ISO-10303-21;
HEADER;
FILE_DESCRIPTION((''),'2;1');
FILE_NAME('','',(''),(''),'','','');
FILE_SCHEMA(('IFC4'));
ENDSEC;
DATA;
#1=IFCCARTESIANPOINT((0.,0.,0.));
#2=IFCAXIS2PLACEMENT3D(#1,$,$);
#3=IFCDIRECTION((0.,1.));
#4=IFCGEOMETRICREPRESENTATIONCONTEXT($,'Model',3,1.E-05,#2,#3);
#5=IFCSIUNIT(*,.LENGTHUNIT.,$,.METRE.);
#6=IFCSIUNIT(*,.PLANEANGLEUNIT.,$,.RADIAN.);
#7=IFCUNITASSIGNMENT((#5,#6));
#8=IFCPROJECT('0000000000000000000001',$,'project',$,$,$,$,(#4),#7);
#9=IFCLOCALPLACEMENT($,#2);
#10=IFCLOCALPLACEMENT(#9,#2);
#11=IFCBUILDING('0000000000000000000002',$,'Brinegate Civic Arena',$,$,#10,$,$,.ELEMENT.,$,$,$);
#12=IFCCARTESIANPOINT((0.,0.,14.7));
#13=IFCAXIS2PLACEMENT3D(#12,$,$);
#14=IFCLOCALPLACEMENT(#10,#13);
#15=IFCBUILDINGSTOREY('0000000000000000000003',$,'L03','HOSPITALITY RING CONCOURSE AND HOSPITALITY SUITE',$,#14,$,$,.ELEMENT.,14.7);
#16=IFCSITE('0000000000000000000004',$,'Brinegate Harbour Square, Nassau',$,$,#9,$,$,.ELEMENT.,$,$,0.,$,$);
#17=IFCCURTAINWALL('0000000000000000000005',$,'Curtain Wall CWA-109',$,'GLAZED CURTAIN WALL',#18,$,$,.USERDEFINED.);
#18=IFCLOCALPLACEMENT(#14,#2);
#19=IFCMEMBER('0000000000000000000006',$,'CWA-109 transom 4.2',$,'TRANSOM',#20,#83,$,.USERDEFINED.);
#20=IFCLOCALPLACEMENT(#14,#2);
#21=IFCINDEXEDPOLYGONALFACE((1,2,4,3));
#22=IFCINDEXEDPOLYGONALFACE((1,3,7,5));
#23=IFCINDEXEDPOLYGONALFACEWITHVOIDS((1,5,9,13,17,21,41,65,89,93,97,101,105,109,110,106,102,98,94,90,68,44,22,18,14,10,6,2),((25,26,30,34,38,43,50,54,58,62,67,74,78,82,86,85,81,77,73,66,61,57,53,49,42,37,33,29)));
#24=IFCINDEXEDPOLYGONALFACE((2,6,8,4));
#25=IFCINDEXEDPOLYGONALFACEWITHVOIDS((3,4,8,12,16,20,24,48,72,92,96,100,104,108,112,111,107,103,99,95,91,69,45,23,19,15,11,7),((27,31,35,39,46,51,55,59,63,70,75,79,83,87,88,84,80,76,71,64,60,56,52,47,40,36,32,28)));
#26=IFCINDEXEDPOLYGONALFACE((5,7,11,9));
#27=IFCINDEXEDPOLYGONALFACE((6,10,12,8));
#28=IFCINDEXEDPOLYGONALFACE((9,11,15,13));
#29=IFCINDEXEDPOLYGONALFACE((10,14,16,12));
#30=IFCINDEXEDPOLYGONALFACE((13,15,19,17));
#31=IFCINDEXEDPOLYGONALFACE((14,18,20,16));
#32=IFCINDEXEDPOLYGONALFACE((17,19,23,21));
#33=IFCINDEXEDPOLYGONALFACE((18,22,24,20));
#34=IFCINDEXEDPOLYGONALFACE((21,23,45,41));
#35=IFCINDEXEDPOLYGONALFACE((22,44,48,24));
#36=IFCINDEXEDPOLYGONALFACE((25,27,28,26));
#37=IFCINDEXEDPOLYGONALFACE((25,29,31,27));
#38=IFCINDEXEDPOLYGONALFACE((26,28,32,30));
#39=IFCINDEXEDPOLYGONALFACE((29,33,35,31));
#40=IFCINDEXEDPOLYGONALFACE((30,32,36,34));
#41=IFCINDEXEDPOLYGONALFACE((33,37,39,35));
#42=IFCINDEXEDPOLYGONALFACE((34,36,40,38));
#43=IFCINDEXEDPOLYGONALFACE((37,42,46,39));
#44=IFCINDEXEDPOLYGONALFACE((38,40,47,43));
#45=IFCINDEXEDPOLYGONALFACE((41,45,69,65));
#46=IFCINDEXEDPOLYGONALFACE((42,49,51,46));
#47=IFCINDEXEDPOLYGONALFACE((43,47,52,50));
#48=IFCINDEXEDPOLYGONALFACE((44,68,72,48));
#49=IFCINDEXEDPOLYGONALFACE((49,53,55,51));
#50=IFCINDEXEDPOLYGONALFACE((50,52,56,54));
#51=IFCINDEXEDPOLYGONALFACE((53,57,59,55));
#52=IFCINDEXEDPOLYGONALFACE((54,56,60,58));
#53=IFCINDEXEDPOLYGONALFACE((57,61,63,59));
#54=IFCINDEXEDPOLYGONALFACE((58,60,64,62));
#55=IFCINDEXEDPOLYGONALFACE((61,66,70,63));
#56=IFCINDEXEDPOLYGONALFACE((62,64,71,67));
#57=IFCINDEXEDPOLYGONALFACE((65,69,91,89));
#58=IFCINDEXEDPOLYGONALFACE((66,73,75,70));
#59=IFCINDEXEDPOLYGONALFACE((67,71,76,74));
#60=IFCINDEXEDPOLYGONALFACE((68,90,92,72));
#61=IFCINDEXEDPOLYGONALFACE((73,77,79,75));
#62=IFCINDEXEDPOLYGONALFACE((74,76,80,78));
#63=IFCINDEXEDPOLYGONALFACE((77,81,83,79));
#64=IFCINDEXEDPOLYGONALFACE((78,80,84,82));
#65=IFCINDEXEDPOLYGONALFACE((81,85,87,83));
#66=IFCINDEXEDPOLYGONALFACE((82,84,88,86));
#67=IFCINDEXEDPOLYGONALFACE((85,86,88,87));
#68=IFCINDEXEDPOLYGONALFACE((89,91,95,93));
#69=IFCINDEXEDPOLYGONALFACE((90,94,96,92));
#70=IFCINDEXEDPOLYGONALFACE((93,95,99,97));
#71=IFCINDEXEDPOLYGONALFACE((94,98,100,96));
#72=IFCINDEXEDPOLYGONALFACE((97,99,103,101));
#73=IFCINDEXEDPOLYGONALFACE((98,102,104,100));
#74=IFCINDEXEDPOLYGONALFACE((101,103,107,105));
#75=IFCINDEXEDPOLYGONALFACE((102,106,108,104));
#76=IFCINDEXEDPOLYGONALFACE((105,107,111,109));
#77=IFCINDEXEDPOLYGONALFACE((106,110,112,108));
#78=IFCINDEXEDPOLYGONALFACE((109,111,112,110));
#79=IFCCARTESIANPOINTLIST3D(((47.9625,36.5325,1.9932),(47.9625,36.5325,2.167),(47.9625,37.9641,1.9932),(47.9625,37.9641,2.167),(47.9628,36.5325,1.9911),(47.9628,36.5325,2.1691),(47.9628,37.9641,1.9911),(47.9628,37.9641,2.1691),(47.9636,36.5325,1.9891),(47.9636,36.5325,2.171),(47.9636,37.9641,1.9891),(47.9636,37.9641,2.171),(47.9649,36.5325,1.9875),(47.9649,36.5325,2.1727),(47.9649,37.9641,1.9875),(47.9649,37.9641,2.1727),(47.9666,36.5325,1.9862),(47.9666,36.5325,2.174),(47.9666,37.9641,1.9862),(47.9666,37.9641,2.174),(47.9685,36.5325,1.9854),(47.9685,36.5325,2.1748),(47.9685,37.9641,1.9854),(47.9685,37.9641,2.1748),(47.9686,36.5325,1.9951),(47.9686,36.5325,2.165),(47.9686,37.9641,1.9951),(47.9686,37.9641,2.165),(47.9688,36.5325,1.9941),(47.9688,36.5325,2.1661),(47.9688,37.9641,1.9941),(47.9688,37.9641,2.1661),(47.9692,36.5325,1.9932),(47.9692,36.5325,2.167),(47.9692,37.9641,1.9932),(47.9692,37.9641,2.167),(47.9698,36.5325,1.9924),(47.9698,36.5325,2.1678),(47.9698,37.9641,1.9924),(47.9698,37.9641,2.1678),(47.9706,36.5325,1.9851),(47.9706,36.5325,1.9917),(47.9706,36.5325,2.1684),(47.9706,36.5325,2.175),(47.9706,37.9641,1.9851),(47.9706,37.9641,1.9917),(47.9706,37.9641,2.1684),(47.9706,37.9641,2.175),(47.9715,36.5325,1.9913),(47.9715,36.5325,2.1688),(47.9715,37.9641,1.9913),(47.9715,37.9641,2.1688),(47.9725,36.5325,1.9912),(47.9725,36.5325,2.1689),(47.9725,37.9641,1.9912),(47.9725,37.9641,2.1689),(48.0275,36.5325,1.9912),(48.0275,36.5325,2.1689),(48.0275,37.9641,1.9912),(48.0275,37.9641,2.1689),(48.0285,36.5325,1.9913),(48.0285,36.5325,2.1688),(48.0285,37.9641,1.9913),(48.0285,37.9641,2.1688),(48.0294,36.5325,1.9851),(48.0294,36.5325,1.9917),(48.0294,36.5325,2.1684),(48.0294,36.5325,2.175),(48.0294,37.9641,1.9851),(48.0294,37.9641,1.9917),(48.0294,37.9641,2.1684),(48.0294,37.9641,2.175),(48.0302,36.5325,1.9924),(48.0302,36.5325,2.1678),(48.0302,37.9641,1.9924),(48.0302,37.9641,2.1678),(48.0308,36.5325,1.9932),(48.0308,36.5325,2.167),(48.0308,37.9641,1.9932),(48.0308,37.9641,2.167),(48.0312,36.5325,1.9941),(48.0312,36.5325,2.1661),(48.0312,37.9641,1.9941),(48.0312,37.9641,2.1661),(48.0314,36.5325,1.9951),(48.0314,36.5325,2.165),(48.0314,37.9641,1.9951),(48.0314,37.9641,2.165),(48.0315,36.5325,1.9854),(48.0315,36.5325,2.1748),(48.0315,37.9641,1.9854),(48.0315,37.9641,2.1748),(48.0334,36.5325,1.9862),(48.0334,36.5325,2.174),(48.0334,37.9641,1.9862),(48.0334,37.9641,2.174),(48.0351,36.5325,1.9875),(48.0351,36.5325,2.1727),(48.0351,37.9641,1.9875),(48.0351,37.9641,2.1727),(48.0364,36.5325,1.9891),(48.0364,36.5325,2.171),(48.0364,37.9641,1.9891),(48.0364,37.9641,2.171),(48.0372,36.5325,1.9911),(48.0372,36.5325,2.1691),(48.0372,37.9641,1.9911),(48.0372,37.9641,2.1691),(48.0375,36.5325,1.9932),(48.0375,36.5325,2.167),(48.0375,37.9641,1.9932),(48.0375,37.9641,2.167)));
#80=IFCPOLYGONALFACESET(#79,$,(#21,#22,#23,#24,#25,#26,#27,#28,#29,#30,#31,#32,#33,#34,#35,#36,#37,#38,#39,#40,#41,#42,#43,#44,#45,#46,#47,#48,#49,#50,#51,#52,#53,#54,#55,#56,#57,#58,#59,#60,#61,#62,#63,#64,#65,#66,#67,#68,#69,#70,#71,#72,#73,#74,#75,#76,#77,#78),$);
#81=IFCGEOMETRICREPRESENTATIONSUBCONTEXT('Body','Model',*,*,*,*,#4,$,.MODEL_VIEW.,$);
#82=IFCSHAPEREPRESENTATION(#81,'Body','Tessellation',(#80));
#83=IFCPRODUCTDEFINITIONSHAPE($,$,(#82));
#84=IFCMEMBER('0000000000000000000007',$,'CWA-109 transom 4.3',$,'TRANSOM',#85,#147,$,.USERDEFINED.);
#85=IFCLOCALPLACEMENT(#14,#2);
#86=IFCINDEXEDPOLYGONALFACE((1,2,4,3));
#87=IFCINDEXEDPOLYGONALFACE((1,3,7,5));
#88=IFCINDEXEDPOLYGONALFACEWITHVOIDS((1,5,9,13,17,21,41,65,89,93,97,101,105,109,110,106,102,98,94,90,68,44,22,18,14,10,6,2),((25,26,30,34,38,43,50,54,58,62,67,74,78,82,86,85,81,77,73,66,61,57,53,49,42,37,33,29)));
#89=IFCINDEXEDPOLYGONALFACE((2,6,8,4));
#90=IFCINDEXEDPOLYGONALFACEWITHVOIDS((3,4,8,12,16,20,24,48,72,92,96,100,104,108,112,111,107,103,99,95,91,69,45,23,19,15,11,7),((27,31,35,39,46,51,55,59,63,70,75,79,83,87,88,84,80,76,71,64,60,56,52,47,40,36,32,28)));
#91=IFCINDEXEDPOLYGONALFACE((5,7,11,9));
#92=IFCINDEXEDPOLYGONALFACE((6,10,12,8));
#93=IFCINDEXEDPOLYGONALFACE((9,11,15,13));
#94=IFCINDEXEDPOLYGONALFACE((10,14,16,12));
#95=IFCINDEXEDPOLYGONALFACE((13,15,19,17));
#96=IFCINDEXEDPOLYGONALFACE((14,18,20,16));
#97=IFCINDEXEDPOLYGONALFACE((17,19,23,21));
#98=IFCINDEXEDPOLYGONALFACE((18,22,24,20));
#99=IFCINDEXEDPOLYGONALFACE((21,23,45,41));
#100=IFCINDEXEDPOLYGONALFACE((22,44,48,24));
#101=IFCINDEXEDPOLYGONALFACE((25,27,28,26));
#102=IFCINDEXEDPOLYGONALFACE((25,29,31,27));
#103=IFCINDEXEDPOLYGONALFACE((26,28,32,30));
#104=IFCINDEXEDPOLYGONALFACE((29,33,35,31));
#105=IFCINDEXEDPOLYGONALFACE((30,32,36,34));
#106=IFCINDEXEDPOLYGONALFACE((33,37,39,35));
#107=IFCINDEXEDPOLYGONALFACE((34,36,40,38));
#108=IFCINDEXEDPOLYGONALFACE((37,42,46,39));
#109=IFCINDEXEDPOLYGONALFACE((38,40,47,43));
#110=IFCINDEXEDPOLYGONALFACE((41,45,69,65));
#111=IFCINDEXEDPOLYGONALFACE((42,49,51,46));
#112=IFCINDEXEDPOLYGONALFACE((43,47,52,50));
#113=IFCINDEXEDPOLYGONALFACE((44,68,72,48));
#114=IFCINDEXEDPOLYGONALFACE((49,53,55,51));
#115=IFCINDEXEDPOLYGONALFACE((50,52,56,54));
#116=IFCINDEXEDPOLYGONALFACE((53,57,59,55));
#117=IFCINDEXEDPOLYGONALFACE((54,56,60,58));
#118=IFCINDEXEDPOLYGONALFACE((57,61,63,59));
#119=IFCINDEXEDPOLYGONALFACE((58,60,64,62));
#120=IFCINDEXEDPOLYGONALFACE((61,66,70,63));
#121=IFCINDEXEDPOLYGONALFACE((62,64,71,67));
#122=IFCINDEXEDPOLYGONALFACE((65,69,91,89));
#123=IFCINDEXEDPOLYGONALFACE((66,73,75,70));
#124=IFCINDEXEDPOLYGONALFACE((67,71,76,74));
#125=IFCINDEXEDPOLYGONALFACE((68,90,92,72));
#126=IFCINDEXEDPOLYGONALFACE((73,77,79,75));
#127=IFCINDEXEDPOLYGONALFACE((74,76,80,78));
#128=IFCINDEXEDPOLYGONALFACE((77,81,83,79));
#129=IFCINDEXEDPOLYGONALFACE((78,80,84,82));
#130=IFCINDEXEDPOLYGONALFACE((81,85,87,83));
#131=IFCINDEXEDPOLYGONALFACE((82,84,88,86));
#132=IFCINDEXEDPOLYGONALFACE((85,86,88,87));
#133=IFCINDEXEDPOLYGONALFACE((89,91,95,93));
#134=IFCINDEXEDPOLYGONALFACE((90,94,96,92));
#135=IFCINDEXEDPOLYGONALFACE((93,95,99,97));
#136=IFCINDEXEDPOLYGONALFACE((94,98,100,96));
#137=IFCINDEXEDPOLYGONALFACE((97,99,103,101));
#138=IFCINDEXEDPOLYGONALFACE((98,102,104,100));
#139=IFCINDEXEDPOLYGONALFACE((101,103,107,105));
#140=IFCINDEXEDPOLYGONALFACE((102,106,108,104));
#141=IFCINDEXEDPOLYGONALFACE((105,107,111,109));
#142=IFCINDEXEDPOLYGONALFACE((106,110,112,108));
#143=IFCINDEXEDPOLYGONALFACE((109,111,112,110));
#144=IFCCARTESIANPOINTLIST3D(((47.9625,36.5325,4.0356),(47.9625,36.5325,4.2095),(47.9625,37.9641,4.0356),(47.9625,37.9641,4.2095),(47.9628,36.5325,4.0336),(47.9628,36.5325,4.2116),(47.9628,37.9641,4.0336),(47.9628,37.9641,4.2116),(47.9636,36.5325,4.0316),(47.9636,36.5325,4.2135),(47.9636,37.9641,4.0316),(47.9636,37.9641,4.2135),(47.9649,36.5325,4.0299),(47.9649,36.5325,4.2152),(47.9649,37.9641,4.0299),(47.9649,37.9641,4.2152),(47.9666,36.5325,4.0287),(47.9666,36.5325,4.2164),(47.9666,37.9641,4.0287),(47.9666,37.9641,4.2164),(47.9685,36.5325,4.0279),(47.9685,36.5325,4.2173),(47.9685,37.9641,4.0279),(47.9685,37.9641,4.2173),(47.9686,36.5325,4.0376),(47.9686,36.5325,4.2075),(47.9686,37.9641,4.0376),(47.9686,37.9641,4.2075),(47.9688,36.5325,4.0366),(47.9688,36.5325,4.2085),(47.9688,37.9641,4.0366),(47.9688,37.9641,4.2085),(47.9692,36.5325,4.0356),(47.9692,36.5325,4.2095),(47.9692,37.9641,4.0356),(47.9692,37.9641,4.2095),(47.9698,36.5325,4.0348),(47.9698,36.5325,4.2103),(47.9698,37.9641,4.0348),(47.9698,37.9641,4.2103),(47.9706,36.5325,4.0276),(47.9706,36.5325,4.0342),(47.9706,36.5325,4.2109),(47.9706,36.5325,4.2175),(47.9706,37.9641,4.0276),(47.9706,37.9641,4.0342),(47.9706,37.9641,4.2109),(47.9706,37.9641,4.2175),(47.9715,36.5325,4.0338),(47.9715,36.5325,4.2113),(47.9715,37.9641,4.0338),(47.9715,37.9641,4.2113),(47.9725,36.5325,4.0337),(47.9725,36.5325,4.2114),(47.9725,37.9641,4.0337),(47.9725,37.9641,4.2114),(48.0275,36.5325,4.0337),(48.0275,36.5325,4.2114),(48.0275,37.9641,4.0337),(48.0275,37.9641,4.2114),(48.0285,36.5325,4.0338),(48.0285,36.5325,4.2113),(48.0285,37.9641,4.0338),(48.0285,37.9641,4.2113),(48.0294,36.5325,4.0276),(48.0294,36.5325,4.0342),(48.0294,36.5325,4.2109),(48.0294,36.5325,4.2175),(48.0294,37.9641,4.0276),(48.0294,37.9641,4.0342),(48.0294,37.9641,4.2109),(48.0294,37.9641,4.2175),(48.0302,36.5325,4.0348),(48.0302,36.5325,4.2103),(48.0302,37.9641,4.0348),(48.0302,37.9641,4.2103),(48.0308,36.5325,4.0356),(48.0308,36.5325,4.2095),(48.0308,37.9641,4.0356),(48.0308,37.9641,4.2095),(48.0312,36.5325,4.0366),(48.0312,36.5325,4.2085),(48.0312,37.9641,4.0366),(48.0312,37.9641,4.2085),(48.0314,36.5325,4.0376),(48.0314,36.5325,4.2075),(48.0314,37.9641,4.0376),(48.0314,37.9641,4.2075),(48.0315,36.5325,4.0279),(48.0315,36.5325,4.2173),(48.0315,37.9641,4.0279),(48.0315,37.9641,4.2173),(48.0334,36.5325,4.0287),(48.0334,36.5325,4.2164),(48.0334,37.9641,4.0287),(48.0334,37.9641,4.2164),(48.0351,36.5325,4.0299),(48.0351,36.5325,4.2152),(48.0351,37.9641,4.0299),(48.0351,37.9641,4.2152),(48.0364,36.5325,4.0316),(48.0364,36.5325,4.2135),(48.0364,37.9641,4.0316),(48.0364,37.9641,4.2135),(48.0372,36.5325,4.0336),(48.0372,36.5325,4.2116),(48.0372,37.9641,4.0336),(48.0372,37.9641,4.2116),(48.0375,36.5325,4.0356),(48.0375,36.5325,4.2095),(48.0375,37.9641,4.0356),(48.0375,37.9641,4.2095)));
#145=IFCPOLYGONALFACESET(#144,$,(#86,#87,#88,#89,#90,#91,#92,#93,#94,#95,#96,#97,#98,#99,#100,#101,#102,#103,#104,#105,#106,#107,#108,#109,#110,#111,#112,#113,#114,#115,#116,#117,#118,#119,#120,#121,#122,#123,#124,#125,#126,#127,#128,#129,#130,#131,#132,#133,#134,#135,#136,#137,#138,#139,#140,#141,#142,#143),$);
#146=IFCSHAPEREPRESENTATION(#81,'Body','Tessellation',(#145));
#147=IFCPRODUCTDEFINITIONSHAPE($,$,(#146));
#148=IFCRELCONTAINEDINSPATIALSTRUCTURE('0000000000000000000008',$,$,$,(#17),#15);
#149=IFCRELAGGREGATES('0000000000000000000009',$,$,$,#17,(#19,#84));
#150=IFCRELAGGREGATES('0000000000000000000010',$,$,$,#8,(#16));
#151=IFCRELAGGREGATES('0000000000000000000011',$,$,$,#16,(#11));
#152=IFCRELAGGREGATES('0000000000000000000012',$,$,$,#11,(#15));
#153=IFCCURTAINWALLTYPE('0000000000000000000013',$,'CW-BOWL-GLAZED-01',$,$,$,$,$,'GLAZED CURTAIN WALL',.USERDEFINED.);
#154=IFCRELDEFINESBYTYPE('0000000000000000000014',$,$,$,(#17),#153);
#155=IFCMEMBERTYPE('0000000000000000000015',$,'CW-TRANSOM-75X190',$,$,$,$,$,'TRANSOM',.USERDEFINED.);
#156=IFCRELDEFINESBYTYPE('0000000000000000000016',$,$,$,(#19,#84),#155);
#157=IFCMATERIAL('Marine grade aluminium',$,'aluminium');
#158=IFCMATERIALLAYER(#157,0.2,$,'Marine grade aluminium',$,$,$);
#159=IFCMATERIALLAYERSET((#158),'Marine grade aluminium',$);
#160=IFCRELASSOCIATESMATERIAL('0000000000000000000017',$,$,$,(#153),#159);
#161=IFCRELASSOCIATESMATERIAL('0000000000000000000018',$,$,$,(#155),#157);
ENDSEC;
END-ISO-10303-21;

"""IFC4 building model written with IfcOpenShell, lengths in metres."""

from ifc_helpers import new_model, si_unit, direction, frame, origin, origin_2d, place, context, subcontext, project, spatial, hollow_rectangle, extrude, material, layer, layer_set, material_profile, profile_set, type_object, element, aggregate, save


model = new_model("IFC4")

# Units and contexts
model_context = context("Model", 3, precision=1e-05, world=origin(), true_north=direction((0.0, 1.0)))
body_context = subcontext(model_context, "Body", "Model", "MODEL_VIEW")
ifc_project = project(units=[si_unit("LENGTHUNIT", "METRE"), si_unit("PLANEANGLEUNIT", "RADIAN")], contexts=[model_context])

# Site, building, storey
site_placement = place(None, origin())
site = spatial("IfcSite", under=ifc_project, at=site_placement, Name="Brinegate Harbour Square, Nassau", CompositionType="ELEMENT", RefElevation=0.0)
building_placement = place(site_placement, origin())
building = spatial("IfcBuilding", under=site, at=building_placement, Name="Brinegate Civic Arena", CompositionType="ELEMENT")
storey_placement = place(building_placement, frame((0.0, 0.0, 14.7)))
storey = spatial("IfcBuildingStorey", under=building, at=storey_placement, Name="L03", Description="HOSPITALITY RING CONCOURSE AND HOSPITALITY SUITE", CompositionType="ELEMENT", Elevation=14.7)

# Curtain wall
ifc_material_1 = material(Name="Marine grade aluminium", Category="aluminium")
ifc_layer_1 = layer(ifc_material_1, 0.2, Name="Marine grade aluminium")
ifc_layer_set_1 = layer_set([ifc_layer_1], Name="Marine grade aluminium")
curtain_wall_type = type_object("IfcCurtainWallType", Name="CW-BOWL-GLAZED-01", ElementType="GLAZED CURTAIN WALL", PredefinedType="USERDEFINED", material=ifc_layer_set_1)
curtain_wall_1_placement = place(storey_placement, origin())
curtain_wall_1 = element("IfcCurtainWall", 1, at=curtain_wall_1_placement, inside=storey, type_object=curtain_wall_type, Name="Curtain Wall CWA-109", ObjectType="GLAZED CURTAIN WALL", PredefinedType="USERDEFINED")

# Members
ifc_material_profile_1 = material_profile(ifc_material_1, hollow_rectangle(XDim=0.075, YDim=0.1899, WallThickness=0.0061, InnerFilletRadius=0.0039, OuterFilletRadius=0.0081, at=origin_2d()), Name="TRN75X190")
ifc_profile_set_1 = profile_set([ifc_material_profile_1], Name="Marine grade aluminium")
member_type_1 = type_object("IfcMemberType", Name="CW-TRANSOM-75X190", ElementType="TRANSOM", PredefinedType="USERDEFINED", material=ifc_profile_set_1)
member_1_placement = place(storey_placement, frame((48.0, 36.5325, 2.0801), z_axis=(0.0, 1.0, 0.0), x_axis=(-1.0, 0.0, 0.0)))
member_1 = element("IfcMember", 2, at=member_1_placement, type_object=member_type_1, Name="CWA-109 transom 4.2", ObjectType="TRANSOM", PredefinedType="USERDEFINED", context=body_context, shape_type="SweptSolid", body=[
    extrude(hollow_rectangle(XDim=0.075, YDim=0.1899, WallThickness=0.0061, InnerFilletRadius=0.0039, OuterFilletRadius=0.0081, at=origin_2d()), origin(), (0.0, 0.0, 1.0), 1.4316),
])
member_2_placement = place(storey_placement, frame((48.0, 36.5325, 4.1226), z_axis=(0.0, 1.0, 0.0), x_axis=(-1.0, 0.0, 0.0)))
member_2 = element("IfcMember", 3, at=member_2_placement, type_object=member_type_1, Name="CWA-109 transom 4.3", ObjectType="TRANSOM", PredefinedType="USERDEFINED", context=body_context, shape_type="SweptSolid", body=[
    extrude(hollow_rectangle(XDim=0.075, YDim=0.1899, WallThickness=0.0061, InnerFilletRadius=0.0039, OuterFilletRadius=0.0081, at=origin_2d()), origin(), (0.0, 0.0, 1.0), 1.4316),
])

aggregate(curtain_wall_1, [member_1, member_2])

save(model, "model.ifc")
